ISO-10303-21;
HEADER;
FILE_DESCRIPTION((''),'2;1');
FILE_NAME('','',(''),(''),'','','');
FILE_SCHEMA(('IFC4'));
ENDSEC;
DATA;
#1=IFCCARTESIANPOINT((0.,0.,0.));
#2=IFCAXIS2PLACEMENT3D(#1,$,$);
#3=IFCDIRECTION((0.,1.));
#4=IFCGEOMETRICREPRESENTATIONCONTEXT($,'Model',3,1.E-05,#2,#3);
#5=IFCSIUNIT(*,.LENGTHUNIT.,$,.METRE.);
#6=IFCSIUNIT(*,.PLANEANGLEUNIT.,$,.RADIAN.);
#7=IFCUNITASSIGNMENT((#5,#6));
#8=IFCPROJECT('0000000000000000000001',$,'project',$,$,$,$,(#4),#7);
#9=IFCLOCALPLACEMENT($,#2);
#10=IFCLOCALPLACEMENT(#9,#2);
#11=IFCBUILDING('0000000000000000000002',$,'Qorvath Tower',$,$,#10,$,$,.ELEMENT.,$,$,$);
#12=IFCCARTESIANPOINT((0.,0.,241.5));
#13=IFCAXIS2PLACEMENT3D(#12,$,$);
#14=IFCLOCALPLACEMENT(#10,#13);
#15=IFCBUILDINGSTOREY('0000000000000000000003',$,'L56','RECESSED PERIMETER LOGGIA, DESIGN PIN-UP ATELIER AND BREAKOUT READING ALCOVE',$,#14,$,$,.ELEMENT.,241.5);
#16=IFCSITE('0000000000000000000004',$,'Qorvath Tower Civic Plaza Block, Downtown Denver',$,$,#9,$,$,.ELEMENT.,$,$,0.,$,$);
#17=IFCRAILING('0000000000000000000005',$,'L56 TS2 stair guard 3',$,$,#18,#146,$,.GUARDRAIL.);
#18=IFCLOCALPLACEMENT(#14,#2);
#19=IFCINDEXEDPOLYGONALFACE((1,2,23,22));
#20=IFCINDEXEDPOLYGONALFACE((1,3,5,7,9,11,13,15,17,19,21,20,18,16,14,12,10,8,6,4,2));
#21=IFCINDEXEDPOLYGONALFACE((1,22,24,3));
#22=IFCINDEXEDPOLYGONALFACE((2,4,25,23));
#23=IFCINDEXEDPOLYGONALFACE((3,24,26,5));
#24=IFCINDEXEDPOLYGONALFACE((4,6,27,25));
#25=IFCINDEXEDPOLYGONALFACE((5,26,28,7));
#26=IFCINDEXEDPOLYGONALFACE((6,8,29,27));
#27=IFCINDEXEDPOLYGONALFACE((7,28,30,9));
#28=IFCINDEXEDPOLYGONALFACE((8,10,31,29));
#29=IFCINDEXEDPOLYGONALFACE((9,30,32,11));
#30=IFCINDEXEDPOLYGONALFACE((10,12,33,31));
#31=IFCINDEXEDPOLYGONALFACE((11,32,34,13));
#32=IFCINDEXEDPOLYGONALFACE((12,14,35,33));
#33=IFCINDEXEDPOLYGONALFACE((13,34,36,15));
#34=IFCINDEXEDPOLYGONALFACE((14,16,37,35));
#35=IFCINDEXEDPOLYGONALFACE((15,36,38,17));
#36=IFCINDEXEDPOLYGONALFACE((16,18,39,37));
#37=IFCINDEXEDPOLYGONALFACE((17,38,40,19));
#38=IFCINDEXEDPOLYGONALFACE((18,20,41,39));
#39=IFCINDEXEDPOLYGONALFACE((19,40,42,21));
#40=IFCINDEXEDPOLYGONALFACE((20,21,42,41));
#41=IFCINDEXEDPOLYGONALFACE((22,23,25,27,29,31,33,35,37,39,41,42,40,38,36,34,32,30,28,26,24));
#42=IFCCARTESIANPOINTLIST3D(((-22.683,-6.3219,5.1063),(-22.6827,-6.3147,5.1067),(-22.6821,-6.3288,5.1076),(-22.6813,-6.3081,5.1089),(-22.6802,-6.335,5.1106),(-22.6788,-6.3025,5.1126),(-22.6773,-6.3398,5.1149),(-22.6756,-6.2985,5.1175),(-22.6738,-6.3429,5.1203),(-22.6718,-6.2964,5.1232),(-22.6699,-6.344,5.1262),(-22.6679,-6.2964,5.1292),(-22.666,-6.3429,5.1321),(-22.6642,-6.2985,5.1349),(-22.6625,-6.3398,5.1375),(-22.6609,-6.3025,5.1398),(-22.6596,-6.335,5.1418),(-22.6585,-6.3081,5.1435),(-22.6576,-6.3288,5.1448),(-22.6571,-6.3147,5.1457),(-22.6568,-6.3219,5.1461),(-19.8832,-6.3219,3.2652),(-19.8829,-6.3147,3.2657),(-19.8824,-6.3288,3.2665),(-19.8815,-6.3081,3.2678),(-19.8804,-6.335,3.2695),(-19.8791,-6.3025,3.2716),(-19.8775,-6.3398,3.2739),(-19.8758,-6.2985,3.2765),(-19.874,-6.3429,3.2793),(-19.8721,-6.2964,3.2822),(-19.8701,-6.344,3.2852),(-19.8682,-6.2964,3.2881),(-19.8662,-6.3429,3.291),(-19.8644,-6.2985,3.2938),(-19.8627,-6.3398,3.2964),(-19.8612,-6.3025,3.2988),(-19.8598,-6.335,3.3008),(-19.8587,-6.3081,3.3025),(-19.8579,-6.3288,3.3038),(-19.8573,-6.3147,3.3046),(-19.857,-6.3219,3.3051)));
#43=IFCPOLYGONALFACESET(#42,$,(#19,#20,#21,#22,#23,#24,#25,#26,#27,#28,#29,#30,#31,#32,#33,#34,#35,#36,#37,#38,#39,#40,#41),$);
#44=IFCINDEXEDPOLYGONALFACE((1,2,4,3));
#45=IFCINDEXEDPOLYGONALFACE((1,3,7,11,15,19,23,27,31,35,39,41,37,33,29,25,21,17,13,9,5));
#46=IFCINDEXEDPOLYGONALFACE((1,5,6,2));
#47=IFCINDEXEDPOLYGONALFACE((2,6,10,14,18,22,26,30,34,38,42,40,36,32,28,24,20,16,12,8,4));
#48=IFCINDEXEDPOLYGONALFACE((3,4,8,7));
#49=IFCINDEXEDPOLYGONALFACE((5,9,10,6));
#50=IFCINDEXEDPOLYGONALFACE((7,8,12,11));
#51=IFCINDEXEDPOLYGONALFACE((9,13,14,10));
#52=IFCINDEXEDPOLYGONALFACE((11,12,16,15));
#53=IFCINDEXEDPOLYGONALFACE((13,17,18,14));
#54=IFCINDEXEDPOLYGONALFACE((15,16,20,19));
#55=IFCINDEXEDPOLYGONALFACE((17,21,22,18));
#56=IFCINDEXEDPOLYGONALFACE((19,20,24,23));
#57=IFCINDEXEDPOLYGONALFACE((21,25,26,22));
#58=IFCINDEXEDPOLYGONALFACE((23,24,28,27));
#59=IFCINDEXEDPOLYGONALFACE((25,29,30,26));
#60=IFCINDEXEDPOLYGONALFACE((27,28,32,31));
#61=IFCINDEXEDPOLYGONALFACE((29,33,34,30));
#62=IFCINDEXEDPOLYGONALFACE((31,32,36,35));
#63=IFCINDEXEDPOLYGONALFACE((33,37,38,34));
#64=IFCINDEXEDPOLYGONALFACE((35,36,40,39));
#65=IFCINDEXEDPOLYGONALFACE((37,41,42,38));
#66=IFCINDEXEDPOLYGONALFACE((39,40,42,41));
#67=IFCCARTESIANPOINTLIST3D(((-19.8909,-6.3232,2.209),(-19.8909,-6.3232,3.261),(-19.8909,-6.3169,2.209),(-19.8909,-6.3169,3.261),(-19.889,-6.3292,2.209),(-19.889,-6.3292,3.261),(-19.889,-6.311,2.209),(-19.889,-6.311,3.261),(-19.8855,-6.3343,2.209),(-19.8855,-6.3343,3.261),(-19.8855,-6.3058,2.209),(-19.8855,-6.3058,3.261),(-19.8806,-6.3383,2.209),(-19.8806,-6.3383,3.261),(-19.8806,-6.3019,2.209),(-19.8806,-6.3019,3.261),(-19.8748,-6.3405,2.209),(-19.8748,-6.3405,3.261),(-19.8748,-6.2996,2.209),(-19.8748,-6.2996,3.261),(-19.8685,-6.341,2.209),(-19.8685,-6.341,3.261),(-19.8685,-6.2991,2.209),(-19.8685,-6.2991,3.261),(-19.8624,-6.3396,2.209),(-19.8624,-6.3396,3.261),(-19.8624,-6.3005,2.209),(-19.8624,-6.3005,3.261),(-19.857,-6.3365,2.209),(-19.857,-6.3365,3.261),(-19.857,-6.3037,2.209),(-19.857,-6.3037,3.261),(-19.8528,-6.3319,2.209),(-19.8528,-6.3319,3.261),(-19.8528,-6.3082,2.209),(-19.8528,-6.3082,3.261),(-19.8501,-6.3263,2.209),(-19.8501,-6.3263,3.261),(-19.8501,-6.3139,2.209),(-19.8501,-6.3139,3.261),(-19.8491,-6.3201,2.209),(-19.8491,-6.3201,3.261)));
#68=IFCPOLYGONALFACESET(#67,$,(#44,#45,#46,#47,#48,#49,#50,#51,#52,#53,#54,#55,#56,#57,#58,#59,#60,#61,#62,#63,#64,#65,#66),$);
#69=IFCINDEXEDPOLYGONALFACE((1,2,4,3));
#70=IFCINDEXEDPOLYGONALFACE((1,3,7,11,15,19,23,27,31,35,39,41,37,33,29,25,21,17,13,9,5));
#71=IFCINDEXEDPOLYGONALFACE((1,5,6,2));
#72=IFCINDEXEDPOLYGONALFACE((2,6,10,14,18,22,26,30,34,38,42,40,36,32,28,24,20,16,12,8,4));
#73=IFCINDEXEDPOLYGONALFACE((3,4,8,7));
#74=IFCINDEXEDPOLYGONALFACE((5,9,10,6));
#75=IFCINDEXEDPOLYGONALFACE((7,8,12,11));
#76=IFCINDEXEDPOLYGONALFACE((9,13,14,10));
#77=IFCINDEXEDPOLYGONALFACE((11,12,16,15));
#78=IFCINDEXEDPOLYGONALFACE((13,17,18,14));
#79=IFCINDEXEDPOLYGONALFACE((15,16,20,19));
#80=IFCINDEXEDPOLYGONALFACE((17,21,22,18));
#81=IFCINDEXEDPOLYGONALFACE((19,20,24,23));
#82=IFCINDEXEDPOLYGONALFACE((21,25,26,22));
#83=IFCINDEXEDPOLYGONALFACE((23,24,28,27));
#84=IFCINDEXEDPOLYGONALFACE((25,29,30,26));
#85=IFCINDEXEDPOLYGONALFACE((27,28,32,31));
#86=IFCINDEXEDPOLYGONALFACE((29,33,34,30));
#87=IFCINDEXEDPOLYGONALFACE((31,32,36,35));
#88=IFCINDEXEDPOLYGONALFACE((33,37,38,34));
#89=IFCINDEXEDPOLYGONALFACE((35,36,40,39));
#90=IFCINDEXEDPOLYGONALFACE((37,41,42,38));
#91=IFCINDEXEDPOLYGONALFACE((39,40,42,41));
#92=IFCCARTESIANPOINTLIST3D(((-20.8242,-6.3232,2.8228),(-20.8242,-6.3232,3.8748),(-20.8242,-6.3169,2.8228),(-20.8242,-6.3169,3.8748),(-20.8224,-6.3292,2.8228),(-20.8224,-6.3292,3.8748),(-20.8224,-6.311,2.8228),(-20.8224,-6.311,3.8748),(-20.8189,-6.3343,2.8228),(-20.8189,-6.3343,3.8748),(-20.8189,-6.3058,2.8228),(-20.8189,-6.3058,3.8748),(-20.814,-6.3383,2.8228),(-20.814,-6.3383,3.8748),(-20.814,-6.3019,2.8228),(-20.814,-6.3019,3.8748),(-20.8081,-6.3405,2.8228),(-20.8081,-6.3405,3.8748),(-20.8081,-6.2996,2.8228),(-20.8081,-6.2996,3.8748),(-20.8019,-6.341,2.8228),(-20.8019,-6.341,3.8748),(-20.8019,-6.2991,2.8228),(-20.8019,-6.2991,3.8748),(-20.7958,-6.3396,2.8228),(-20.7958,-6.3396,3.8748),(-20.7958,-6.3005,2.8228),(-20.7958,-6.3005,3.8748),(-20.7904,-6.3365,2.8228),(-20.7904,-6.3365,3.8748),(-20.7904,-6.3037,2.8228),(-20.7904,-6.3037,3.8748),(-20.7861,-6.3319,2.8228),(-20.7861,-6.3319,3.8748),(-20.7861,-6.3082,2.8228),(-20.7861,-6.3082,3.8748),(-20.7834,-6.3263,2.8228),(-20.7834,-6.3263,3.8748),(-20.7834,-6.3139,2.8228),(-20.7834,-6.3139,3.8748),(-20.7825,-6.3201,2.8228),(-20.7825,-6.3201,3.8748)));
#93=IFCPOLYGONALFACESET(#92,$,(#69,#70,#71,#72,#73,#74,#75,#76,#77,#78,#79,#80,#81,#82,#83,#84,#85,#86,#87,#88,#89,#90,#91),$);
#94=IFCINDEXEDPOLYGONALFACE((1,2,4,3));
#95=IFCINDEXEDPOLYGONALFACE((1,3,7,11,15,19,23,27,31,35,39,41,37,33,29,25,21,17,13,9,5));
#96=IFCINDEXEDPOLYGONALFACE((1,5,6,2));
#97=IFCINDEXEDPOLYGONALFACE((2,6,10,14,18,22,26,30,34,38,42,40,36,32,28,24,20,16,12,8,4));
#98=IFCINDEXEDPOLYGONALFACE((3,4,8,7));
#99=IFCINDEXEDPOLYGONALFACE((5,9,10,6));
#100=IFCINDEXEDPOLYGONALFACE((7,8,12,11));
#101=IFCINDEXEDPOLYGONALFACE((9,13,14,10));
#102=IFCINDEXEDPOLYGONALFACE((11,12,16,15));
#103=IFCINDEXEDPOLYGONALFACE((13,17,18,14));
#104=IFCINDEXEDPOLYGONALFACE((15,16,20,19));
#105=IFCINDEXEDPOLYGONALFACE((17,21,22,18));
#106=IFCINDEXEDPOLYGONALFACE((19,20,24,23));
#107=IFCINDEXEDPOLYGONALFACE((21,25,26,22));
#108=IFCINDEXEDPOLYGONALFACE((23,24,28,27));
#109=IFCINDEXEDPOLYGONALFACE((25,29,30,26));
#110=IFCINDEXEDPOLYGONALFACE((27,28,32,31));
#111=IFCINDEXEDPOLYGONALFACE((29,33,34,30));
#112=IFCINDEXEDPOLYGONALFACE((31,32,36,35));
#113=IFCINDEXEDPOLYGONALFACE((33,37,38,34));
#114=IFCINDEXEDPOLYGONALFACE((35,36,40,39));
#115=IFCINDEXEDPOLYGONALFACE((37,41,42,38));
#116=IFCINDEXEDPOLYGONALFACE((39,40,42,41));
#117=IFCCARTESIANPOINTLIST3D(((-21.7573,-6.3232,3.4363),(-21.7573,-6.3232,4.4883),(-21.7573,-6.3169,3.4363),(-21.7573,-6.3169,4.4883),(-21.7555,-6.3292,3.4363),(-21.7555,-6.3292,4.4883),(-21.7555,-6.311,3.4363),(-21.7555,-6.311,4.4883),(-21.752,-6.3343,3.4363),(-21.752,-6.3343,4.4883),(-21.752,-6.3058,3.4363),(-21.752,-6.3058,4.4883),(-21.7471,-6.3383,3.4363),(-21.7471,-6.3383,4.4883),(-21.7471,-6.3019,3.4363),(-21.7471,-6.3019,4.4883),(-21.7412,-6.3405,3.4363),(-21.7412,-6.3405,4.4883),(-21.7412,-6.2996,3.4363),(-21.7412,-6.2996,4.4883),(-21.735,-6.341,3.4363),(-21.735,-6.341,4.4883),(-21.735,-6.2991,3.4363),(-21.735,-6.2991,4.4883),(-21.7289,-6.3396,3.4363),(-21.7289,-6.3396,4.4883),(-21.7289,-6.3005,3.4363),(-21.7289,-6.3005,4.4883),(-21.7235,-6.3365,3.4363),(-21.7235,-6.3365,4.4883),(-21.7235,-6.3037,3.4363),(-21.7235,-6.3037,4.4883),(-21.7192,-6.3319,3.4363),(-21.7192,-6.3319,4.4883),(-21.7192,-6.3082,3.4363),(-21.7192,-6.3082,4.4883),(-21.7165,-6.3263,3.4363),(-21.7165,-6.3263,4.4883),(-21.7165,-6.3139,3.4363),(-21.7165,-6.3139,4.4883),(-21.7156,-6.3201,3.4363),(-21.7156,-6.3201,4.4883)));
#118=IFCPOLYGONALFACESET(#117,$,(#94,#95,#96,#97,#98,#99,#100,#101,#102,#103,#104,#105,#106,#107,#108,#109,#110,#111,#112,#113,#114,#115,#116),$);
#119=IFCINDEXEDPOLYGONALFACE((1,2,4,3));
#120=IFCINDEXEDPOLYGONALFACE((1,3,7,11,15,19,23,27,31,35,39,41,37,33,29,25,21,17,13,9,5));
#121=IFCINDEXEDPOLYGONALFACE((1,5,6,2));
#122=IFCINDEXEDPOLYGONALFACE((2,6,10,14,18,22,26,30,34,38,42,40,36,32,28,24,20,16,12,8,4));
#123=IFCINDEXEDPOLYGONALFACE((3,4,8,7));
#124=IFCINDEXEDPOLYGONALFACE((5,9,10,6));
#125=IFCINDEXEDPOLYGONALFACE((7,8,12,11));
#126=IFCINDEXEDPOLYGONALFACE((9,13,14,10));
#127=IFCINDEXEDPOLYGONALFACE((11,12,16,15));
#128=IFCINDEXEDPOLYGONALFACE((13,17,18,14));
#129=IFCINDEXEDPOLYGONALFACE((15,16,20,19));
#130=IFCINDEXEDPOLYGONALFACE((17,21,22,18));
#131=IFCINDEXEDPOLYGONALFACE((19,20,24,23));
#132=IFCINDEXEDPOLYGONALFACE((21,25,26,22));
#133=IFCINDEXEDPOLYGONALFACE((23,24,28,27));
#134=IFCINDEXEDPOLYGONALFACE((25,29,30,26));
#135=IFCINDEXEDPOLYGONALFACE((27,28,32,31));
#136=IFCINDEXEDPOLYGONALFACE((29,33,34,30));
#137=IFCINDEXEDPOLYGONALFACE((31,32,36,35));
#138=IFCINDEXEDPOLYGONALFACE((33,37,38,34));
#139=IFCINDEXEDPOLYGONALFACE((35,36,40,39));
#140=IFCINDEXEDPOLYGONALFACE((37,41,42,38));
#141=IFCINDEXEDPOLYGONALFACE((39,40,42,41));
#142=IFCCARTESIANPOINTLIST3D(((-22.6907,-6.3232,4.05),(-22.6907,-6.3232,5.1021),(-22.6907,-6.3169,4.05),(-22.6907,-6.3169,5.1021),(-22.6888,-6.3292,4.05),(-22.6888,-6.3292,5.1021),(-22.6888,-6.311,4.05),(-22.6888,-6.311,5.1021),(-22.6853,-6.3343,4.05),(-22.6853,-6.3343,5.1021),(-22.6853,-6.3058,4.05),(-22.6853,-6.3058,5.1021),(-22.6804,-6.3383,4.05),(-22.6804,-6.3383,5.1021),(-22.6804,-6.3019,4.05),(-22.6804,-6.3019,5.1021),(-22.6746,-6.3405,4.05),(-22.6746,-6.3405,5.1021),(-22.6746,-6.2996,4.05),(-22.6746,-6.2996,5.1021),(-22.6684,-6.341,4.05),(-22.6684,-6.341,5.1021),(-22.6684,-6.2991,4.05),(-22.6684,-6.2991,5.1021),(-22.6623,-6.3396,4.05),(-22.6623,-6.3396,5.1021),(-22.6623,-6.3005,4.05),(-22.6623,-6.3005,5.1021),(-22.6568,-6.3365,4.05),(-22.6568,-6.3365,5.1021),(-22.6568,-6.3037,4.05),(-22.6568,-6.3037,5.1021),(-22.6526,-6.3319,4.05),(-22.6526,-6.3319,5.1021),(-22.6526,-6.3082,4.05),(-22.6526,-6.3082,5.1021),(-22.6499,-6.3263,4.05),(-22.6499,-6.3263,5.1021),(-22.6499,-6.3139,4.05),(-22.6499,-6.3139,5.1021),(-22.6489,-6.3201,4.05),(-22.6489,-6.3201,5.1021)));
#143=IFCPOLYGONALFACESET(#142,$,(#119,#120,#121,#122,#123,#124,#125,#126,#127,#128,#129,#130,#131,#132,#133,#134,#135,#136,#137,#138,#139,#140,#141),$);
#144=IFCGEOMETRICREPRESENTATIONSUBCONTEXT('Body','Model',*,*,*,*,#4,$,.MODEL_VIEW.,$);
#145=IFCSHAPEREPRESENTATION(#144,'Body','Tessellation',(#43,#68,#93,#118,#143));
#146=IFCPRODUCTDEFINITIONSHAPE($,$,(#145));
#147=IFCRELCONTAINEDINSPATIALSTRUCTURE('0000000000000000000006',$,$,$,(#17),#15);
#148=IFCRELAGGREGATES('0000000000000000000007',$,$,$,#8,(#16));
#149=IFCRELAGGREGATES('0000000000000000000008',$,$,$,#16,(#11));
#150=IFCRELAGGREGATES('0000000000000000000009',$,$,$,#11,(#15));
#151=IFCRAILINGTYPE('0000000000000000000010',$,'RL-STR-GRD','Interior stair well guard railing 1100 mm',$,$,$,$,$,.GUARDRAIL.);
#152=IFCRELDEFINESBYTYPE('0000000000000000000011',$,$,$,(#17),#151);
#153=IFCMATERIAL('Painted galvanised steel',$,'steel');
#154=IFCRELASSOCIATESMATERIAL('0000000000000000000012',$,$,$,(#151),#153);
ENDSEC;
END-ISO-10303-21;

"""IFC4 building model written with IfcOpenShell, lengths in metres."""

from ifc_helpers import new_model, si_unit, direction, frame, origin, origin_2d, place, context, subcontext, project, spatial, circle, extrude, material, type_object, element, save


model = new_model("IFC4")

# Units and contexts
model_context = context("Model", 3, precision=1e-05, world=origin(), true_north=direction((0.0, 1.0)))
body_context = subcontext(model_context, "Body", "Model", "MODEL_VIEW")
ifc_project = project(units=[si_unit("LENGTHUNIT", "METRE"), si_unit("PLANEANGLEUNIT", "RADIAN")], contexts=[model_context])

# Site, building, storey
site_placement = place(None, origin())
site = spatial("IfcSite", under=ifc_project, at=site_placement, Name="Qorvath Tower Civic Plaza Block, Downtown Denver", CompositionType="ELEMENT", RefElevation=0.0)
building_placement = place(site_placement, origin())
building = spatial("IfcBuilding", under=site, at=building_placement, Name="Qorvath Tower", CompositionType="ELEMENT")
storey_placement = place(building_placement, frame((0.0, 0.0, 241.5)))
storey = spatial("IfcBuildingStorey", under=building, at=storey_placement, Name="L56", Description="RECESSED PERIMETER LOGGIA, DESIGN PIN-UP ATELIER AND BREAKOUT READING ALCOVE", CompositionType="ELEMENT", Elevation=241.5)

# Railing
ifc_material_1 = material(Name="Painted galvanised steel", Category="steel")
railing_type_1 = type_object("IfcRailingType", Name="RL-STR-GRD", Description="Interior stair well guard railing 1100 mm", PredefinedType="GUARDRAIL", material=ifc_material_1)
railing_1_placement = place(storey_placement, frame((-19.8701, -6.3201, 2.209)))
element("IfcRailing", 1, at=railing_1_placement, inside=storey, type_object=railing_type_1, Name="L56 TS2 stair guard 3", PredefinedType="GUARDRAIL", context=body_context, shape_type="SweptSolid", body=[
    extrude(circle(Radius=0.0239, at=origin_2d()), frame((0.0, 0.0, 1.0762), z_axis=(-0.835542, 0.0, 0.549426), x_axis=(0.0, -1.0, 0.0)), (0.0, 0.0, 1.0), 3.3508),
    extrude(circle(Radius=0.021, at=origin_2d()), origin(), (0.0, 0.0, 1.0), 1.052),
    extrude(circle(Radius=0.021, at=origin_2d()), frame((-0.9333, 0.0, 0.6138)), (0.0, 0.0, 1.0), 1.052),
    extrude(circle(Radius=0.021, at=origin_2d()), frame((-1.8665, 0.0, 1.2273)), (0.0, 0.0, 1.0), 1.052),
    extrude(circle(Radius=0.021, at=origin_2d()), frame((-2.7998, 0.0, 1.8411)), (0.0, 0.0, 1.0), 1.052),
])

save(model, "model.ifc")
